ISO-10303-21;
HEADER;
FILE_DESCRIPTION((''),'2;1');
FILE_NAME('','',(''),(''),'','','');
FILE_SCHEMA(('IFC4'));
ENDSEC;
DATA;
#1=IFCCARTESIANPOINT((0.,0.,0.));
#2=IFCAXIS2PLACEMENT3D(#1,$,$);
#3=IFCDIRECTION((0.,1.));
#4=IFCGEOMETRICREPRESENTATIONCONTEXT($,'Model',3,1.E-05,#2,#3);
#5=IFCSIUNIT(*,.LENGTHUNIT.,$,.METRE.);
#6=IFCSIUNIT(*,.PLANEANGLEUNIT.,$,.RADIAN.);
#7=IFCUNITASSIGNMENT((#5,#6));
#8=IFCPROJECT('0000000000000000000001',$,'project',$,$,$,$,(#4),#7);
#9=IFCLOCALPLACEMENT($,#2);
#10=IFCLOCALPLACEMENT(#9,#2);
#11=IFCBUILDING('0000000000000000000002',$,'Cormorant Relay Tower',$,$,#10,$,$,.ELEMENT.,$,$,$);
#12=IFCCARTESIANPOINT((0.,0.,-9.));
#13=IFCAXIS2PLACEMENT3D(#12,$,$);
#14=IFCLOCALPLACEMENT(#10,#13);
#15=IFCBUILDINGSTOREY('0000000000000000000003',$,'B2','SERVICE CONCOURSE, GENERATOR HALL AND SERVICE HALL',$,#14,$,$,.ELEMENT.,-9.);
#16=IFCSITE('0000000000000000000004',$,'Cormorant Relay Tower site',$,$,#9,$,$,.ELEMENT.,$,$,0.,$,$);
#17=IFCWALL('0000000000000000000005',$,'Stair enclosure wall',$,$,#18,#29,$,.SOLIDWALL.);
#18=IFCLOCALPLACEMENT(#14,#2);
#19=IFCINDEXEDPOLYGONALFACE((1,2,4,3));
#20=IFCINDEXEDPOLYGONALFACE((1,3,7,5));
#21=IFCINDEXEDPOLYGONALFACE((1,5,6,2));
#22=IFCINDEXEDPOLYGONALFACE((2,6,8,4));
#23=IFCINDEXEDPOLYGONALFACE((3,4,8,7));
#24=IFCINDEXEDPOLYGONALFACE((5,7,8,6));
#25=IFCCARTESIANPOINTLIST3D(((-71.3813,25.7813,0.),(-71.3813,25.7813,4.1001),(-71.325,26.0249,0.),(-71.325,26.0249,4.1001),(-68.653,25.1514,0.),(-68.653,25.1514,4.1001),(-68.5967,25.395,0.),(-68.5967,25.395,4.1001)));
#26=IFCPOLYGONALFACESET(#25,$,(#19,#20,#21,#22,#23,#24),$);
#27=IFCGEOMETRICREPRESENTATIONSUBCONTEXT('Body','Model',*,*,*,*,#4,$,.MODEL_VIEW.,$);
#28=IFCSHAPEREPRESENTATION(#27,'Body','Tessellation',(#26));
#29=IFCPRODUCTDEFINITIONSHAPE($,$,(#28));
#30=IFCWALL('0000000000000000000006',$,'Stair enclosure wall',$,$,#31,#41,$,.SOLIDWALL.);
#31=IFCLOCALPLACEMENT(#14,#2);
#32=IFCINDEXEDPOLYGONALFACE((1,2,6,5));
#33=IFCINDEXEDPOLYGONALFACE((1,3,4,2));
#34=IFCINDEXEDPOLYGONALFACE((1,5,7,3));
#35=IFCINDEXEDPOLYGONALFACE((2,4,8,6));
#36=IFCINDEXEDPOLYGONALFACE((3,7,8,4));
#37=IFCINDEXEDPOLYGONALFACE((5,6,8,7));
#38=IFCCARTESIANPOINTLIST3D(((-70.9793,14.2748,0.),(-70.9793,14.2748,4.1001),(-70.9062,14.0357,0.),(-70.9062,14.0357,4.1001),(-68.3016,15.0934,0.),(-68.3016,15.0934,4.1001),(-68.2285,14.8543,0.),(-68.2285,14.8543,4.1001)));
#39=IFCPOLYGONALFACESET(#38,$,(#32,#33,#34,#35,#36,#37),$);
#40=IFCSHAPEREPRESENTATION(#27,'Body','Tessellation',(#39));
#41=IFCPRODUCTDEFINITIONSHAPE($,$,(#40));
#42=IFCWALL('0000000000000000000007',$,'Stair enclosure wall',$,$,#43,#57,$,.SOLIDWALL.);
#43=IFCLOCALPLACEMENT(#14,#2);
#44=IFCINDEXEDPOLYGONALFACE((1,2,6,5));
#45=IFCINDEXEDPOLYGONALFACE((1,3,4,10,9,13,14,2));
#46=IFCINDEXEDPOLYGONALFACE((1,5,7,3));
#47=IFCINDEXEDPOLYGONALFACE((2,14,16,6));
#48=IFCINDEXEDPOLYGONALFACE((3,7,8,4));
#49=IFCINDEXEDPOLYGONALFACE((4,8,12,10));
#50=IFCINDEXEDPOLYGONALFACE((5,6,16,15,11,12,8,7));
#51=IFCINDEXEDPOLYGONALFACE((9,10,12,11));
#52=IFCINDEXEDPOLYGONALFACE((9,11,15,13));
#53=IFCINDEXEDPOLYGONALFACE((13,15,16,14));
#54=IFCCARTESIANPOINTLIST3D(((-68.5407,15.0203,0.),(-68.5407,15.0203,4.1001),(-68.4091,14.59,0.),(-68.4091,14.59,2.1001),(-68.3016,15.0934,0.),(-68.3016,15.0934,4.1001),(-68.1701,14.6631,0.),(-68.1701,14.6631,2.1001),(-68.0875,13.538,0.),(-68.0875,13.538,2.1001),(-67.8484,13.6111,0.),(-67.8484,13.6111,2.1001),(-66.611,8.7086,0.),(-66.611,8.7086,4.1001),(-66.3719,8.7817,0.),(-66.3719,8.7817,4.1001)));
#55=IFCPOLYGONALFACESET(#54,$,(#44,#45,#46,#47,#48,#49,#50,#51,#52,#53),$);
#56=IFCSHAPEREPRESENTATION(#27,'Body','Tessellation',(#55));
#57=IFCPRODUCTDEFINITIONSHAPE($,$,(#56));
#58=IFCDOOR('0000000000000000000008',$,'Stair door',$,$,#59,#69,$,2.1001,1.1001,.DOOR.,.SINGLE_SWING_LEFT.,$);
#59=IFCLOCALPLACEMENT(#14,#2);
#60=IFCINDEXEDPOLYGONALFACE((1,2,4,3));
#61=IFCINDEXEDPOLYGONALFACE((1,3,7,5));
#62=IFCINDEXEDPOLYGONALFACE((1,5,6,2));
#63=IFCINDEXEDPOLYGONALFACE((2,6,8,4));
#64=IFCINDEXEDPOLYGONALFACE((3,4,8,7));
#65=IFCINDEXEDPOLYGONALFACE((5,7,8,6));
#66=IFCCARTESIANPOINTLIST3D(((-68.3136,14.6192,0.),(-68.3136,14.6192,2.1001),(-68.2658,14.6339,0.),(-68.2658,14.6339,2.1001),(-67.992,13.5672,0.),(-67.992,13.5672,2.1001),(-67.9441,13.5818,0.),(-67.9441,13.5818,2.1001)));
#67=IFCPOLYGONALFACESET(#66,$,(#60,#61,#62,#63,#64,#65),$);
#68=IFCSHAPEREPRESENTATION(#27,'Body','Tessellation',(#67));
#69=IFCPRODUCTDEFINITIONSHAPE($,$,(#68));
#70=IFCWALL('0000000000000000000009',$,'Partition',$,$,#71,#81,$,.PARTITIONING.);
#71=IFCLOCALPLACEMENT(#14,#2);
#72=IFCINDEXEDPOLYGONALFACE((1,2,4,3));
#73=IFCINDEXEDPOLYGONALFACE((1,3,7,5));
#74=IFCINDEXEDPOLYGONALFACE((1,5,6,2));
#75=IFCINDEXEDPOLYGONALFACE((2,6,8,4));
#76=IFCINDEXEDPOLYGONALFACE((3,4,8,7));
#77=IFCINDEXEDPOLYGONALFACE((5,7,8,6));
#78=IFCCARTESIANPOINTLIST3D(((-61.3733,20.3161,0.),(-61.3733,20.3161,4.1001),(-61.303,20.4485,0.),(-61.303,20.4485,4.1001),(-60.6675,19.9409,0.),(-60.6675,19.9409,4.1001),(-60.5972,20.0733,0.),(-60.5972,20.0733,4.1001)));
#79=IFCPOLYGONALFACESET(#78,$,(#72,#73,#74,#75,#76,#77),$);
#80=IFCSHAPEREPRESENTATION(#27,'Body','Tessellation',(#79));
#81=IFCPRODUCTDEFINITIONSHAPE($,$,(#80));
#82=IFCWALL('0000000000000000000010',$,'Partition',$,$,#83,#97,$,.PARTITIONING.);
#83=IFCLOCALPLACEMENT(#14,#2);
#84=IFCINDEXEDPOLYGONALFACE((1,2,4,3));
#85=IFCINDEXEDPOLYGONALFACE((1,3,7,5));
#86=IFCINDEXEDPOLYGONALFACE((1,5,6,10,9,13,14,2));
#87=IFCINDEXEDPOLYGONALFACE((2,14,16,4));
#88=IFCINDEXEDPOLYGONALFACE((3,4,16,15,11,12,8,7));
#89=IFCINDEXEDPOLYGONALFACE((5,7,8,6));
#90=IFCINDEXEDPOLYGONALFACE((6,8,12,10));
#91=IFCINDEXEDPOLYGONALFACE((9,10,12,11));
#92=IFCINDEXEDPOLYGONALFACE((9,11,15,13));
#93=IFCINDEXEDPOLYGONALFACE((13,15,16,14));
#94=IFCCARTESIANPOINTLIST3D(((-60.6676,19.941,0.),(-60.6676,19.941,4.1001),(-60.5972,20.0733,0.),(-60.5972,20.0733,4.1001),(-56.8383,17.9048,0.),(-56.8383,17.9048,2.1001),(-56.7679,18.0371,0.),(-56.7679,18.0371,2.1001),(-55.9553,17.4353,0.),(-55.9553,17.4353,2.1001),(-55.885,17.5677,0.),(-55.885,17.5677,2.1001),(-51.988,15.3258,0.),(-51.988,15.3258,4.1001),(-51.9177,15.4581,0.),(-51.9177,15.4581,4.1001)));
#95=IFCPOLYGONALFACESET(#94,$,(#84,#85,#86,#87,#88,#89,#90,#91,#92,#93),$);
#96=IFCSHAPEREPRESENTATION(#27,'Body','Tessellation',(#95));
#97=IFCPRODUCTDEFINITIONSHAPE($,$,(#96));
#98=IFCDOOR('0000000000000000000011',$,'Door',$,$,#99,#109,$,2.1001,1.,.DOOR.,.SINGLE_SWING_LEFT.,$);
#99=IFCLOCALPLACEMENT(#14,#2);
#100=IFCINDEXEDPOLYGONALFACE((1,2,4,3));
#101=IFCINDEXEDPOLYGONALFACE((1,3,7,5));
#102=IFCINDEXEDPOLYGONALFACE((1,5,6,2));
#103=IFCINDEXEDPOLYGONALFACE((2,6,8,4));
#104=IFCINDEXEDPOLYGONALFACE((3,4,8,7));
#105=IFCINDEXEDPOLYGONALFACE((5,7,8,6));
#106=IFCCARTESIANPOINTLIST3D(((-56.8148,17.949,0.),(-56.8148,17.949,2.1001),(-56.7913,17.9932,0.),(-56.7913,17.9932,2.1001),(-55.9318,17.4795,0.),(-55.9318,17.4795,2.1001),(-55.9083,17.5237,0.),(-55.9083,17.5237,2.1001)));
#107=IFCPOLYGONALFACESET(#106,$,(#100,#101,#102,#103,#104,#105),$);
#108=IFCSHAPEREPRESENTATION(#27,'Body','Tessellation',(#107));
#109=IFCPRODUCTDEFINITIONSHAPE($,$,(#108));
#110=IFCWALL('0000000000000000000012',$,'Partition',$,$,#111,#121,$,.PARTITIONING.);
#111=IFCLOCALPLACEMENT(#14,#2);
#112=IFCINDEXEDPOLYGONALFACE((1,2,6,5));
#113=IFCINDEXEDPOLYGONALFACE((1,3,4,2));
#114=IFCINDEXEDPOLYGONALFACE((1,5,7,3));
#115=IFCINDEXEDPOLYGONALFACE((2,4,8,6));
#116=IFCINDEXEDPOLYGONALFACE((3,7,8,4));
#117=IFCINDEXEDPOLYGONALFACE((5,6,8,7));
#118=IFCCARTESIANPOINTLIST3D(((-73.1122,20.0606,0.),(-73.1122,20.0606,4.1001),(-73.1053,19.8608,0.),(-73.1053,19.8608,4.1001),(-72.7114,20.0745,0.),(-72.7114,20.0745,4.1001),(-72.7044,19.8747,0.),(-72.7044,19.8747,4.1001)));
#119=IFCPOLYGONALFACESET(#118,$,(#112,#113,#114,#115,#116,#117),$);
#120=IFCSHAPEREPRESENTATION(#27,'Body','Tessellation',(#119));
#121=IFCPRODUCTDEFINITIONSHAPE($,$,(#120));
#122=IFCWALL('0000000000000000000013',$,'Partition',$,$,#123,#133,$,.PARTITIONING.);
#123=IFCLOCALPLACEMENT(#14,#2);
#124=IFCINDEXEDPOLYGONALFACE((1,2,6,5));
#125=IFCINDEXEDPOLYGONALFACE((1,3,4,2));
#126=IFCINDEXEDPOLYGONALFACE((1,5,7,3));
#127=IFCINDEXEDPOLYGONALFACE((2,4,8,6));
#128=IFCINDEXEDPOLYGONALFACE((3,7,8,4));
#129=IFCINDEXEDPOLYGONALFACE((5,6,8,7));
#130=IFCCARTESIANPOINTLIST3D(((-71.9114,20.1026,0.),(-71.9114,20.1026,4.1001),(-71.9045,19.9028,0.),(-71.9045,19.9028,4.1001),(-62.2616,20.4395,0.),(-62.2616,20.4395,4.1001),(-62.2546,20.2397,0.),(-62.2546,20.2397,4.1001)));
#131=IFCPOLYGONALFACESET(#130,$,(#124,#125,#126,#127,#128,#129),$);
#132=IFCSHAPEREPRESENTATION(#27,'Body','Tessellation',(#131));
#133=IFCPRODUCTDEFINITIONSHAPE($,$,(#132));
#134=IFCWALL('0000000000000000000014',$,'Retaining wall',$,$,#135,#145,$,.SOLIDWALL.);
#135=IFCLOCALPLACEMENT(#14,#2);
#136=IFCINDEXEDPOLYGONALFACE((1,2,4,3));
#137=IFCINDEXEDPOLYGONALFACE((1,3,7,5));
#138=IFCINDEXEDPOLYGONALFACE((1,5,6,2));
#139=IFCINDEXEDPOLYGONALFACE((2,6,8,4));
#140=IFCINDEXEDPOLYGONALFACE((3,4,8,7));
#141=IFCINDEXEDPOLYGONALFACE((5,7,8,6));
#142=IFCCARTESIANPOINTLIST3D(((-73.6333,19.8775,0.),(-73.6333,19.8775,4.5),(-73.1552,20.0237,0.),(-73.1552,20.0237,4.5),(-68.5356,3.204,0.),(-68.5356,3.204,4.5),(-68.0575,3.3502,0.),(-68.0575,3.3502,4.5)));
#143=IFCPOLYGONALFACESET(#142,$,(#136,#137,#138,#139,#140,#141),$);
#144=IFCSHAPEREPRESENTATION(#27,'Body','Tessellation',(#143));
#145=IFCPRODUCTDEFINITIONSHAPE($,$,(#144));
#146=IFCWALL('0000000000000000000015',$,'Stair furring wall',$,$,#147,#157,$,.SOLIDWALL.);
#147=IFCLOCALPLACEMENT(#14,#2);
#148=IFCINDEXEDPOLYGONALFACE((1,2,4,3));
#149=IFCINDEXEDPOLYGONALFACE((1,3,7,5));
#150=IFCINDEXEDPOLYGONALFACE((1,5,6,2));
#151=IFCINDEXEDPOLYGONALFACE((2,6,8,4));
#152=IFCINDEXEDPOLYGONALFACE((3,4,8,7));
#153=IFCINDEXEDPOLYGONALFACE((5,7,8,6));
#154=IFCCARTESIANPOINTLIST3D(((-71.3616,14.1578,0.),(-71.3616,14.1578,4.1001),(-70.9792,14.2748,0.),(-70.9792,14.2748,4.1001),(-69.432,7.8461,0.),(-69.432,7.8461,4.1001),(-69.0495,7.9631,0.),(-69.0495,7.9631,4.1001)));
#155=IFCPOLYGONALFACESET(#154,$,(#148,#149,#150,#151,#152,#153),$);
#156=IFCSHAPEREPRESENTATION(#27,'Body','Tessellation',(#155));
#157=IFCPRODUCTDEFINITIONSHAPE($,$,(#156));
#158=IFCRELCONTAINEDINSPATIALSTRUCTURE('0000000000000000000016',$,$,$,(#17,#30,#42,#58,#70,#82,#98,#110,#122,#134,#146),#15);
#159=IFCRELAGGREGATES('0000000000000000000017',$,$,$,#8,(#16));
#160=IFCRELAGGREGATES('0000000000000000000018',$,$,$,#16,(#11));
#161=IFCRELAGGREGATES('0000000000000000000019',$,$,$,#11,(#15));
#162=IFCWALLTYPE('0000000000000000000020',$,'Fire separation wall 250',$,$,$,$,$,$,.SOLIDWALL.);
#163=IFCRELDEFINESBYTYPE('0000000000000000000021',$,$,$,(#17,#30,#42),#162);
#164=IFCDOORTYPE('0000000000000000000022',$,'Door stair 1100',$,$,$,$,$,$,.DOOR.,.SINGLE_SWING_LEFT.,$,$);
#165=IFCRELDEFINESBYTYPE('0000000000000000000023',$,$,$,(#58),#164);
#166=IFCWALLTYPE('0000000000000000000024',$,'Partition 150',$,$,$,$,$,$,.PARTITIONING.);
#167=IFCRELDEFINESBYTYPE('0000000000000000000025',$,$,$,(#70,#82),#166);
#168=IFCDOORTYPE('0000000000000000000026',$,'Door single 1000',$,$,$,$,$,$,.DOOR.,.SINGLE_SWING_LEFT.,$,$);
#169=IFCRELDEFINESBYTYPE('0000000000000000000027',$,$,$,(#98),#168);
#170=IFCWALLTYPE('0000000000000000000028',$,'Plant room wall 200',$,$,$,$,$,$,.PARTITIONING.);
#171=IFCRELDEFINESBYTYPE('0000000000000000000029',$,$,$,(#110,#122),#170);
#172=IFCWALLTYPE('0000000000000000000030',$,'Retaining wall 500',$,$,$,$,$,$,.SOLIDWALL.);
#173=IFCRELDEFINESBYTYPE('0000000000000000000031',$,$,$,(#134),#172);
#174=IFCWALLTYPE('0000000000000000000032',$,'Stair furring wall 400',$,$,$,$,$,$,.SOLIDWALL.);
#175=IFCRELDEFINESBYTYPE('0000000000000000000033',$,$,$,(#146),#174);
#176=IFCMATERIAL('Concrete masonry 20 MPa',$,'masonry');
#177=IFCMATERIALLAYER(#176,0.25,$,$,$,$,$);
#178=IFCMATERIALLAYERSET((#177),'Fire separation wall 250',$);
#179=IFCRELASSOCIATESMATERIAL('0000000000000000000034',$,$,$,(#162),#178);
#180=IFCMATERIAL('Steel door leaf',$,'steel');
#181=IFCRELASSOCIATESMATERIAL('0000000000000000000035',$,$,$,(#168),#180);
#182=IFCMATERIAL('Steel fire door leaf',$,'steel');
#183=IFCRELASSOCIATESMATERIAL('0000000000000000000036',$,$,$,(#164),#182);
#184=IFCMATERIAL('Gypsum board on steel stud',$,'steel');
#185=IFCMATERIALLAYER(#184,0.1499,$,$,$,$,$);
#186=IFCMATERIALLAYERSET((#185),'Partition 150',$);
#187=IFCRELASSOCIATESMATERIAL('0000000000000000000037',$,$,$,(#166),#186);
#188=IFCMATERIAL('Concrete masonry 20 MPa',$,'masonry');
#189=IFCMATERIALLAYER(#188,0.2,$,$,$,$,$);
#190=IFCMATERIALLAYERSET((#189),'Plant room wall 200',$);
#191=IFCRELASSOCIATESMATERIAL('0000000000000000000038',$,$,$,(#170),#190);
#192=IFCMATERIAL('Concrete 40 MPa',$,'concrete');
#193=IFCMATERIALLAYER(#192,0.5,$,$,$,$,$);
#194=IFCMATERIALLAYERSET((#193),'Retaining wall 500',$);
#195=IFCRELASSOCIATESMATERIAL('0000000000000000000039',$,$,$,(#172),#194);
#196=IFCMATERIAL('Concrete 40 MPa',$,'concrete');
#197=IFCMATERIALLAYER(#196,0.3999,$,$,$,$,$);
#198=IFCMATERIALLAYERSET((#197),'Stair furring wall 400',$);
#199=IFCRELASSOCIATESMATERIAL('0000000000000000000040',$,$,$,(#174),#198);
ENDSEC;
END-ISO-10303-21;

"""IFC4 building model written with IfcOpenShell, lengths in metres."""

from ifc_helpers import new_model, si_unit, direction, frame, frame_2d, origin, place, context, subcontext, project, spatial, rectangle, extrude, material, layer, layer_set, type_object, element, fill, save


model = new_model("IFC4")

# Units and contexts
model_context = context("Model", 3, precision=1e-05, world=origin(), true_north=direction((0.0, 1.0)))
body_context = subcontext(model_context, "Body", "Model", "MODEL_VIEW")
ifc_project = project(units=[si_unit("LENGTHUNIT", "METRE"), si_unit("PLANEANGLEUNIT", "RADIAN")], contexts=[model_context])

# Site, building, storey
site_placement = place(None, origin())
site = spatial("IfcSite", under=ifc_project, at=site_placement, Name="Cormorant Relay Tower site", CompositionType="ELEMENT", RefElevation=0.0)
building_placement = place(site_placement, origin())
building = spatial("IfcBuilding", under=site, at=building_placement, Name="Cormorant Relay Tower", CompositionType="ELEMENT")
storey_placement = place(building_placement, frame((0.0, 0.0, -9.0)))
storey = spatial("IfcBuildingStorey", under=building, at=storey_placement, Name="B2", Description="SERVICE CONCOURSE, GENERATOR HALL AND SERVICE HALL", CompositionType="ELEMENT", Elevation=-9.0)

# Shared definitions
ifc_material_1 = material(Name="Concrete masonry 20 MPa", Category="masonry")
ifc_layer_1 = layer(ifc_material_1, 0.25)
ifc_layer_set_1 = layer_set([ifc_layer_1], Name="Fire separation wall 250")
wall_type_1 = type_object("IfcWallType", Name="Fire separation wall 250", PredefinedType="SOLIDWALL", material=ifc_layer_set_1)

# Shared definitions
ifc_material_2 = material(Name="Steel door leaf", Category="steel")
door_type_1 = type_object("IfcDoorType", Name="Door single 1000", OperationType="SINGLE_SWING_LEFT", PredefinedType="DOOR", material=ifc_material_2)

# Walls
for number, where, z_axis, x_axis, name in (
    (1, (-71.353, 25.9031, 0.0), (0.0, 0.0, 1.0), (0.974369, -0.224955, 0.0), "Stair enclosure wall"),
    (2, (-70.9426, 14.1553, 0.0), (0.0, 0.0, 1.0), (0.956311, 0.292351, 0.0), "Stair enclosure wall"),
):
    element("IfcWall", number, at=place(storey_placement, frame(where, z_axis=z_axis, x_axis=x_axis)), inside=storey, type_object=wall_type_1, Name=name, PredefinedType="SOLIDWALL", context=body_context, shape_type="SweptSolid", body=[
        extrude(rectangle(XDim=2.8, YDim=0.25, at=frame_2d((1.3999, 0.0))), origin(), (0.0, 0.0, 1.0), 4.1001),
    ])

# Wall, opening, door
wall_1_placement = place(storey_placement, frame((-68.4211, 15.0569, 0.0), z_axis=(0.0, 0.0, 1.0), x_axis=(0.29237, -0.956305, 0.0)))
wall_1 = element("IfcWall", 3, at=wall_1_placement, inside=storey, type_object=wall_type_1, Name="Stair enclosure wall", PredefinedType="SOLIDWALL", context=body_context, shape_type="SweptSolid", body=[
    extrude(rectangle(XDim=6.6001, YDim=0.25, at=frame_2d((3.3, 0.0))), origin(), (0.0, 0.0, 1.0), 4.1001),
])
opening_1_placement = place(wall_1_placement, frame((0.45, 0.0, 0.0)))
opening_1 = element("IfcOpeningElement", 4, at=opening_1_placement, cuts=wall_1, PredefinedType="OPENING", context=body_context, shape_type="SweptSolid", body=[
    extrude(rectangle(XDim=1.1001, YDim=2.1001, at=frame_2d((0.55, 1.05))), frame((0.0, 0.135, 0.0), z_axis=(0.0, -1.0, 0.0), x_axis=(1.0, 0.0, 0.0)), (0.0, 0.0, 1.0), 0.27),
])
ifc_material_3 = material(Name="Steel fire door leaf", Category="steel")
door_type_2 = type_object("IfcDoorType", Name="Door stair 1100", OperationType="SINGLE_SWING_LEFT", PredefinedType="DOOR", material=ifc_material_3)
door_1_placement = place(opening_1_placement, origin())
door_1 = element("IfcDoor", 5, at=door_1_placement, inside=storey, type_object=door_type_2, Name="Stair door", OperationType="SINGLE_SWING_LEFT", OverallHeight=2.1001, OverallWidth=1.1001, PredefinedType="DOOR", context=body_context, shape_type="SweptSolid", body=[
    extrude(rectangle(XDim=1.1001, YDim=2.1001, at=frame_2d((0.55, 1.05))), frame((0.0, 0.0249, 0.0), z_axis=(0.0, -1.0, 0.0), x_axis=(1.0, 0.0, 0.0)), (0.0, 0.0, 1.0), 0.05),
])
fill(opening_1, door_1)

# Wall
ifc_material_4 = material(Name="Gypsum board on steel stud", Category="steel")
ifc_layer_2 = layer(ifc_material_4, 0.1499)
ifc_layer_set_2 = layer_set([ifc_layer_2], Name="Partition 150")
wall_type_2 = type_object("IfcWallType", Name="Partition 150", PredefinedType="PARTITIONING", material=ifc_layer_set_2)
wall_2_placement = place(storey_placement, frame((-61.3381, 20.3823, 0.0), z_axis=(0.0, 0.0, 1.0), x_axis=(0.882969, -0.469431, 0.0)))
element("IfcWall", 6, at=wall_2_placement, inside=storey, type_object=wall_type_2, Name="Partition", PredefinedType="PARTITIONING", context=body_context, shape_type="SweptSolid", body=[
    extrude(rectangle(XDim=0.7993, YDim=0.1499, at=frame_2d((0.3997, 0.0))), origin(), (0.0, 0.0, 1.0), 4.1001),
])

# Wall, opening, door
wall_3_placement = place(storey_placement, frame((-60.6323, 20.0071, 0.0), z_axis=(0.0, 0.0, 1.0), x_axis=(0.882941, -0.469484, 0.0)))
wall_3 = element("IfcWall", 7, at=wall_3_placement, inside=storey, type_object=wall_type_2, Name="Partition", PredefinedType="PARTITIONING", context=body_context, shape_type="SweptSolid", body=[
    extrude(rectangle(XDim=9.8303, YDim=0.1499, at=frame_2d((4.915, 0.0))), origin(), (0.0, 0.0, 1.0), 4.1001),
])
opening_2_placement = place(wall_3_placement, frame((4.3369, 0.0, 0.0)))
opening_2 = element("IfcOpeningElement", 8, at=opening_2_placement, cuts=wall_3, PredefinedType="OPENING", context=body_context, shape_type="SweptSolid", body=[
    extrude(rectangle(XDim=1.0, YDim=2.1001, at=frame_2d((0.5, 1.05))), frame((0.0, 0.085, 0.0), z_axis=(0.0, -1.0, 0.0), x_axis=(1.0, 0.0, 0.0)), (0.0, 0.0, 1.0), 0.1699),
])
door_2_placement = place(opening_2_placement, frame((1.0, 0.0, 0.0), z_axis=(0.0, 0.0, 1.0), x_axis=(-1.0, 0.0, 0.0)))
door_2 = element("IfcDoor", 9, at=door_2_placement, inside=storey, type_object=door_type_1, Name="Door", OperationType="SINGLE_SWING_LEFT", OverallHeight=2.1001, OverallWidth=1.0, PredefinedType="DOOR", context=body_context, shape_type="SweptSolid", body=[
    extrude(rectangle(XDim=1.0, YDim=2.1001, at=frame_2d((0.5, 1.05))), frame((0.0, 0.0249, 0.0), z_axis=(0.0, -1.0, 0.0), x_axis=(1.0, 0.0, 0.0)), (0.0, 0.0, 1.0), 0.05),
])
fill(opening_2, door_2)

# Walls
ifc_material_5 = material(Name="Concrete masonry 20 MPa", Category="masonry")
ifc_layer_3 = layer(ifc_material_5, 0.2)
ifc_layer_set_3 = layer_set([ifc_layer_3], Name="Plant room wall 200")
wall_type_3 = type_object("IfcWallType", Name="Plant room wall 200", PredefinedType="PARTITIONING", material=ifc_layer_set_3)
wall_4_placement = place(storey_placement, frame((-73.1089, 19.9607, 0.0), z_axis=(0.0, 0.0, 1.0), x_axis=(0.999398, 0.034693, 0.0)))
element("IfcWall", 10, at=wall_4_placement, inside=storey, type_object=wall_type_3, Name="Partition", PredefinedType="PARTITIONING", context=body_context, shape_type="SweptSolid", body=[
    extrude(rectangle(XDim=0.4011, YDim=0.2, at=frame_2d((0.2007, 0.0))), origin(), (0.0, 0.0, 1.0), 4.1001),
])
wall_5_placement = place(storey_placement, frame((-71.908, 20.0027, 0.0), z_axis=(0.0, 0.0, 1.0), x_axis=(0.999391, 0.034892, 0.0)))
element("IfcWall", 11, at=wall_5_placement, inside=storey, type_object=wall_type_3, Name="Partition", PredefinedType="PARTITIONING", context=body_context, shape_type="SweptSolid", body=[
    extrude(rectangle(XDim=9.6558, YDim=0.2, at=frame_2d((4.8279, 0.0))), origin(), (0.0, 0.0, 1.0), 4.1001),
])
ifc_material_6 = material(Name="Concrete 40 MPa", Category="concrete")
ifc_layer_4 = layer(ifc_material_6, 0.5)
ifc_layer_set_4 = layer_set([ifc_layer_4], Name="Retaining wall 500")
wall_type_4 = type_object("IfcWallType", Name="Retaining wall 500", PredefinedType="SOLIDWALL", material=ifc_layer_set_4)
wall_6_placement = place(storey_placement, frame((-73.3943, 19.9507, 0.0), z_axis=(0.0, 0.0, 1.0), x_axis=(0.292377, -0.956303, 0.0)))
element("IfcWall", 12, at=wall_6_placement, inside=storey, type_object=wall_type_4, Name="Retaining wall", PredefinedType="SOLIDWALL", context=body_context, shape_type="SweptSolid", body=[
    extrude(rectangle(XDim=17.4353, YDim=0.5, at=frame_2d((8.7178, 0.0))), origin(), (0.0, 0.0, 1.0), 4.5),
])
ifc_material_7 = material(Name="Concrete 40 MPa", Category="concrete")
ifc_layer_5 = layer(ifc_material_7, 0.3999)
ifc_layer_set_5 = layer_set([ifc_layer_5], Name="Stair furring wall 400")
wall_type_5 = type_object("IfcWallType", Name="Stair furring wall 400", PredefinedType="SOLIDWALL", material=ifc_layer_set_5)
wall_7_placement = place(storey_placement, frame((-71.1704, 14.2163, 0.0), z_axis=(0.0, 0.0, 1.0), x_axis=(0.29237, -0.956305, 0.0)))
element("IfcWall", 13, at=wall_7_placement, inside=storey, type_object=wall_type_5, Name="Stair furring wall", PredefinedType="SOLIDWALL", context=body_context, shape_type="SweptSolid", body=[
    extrude(rectangle(XDim=6.6001, YDim=0.3999, at=frame_2d((3.3, 0.0))), origin(), (0.0, 0.0, 1.0), 4.1001),
])

save(model, "model.ifc")
